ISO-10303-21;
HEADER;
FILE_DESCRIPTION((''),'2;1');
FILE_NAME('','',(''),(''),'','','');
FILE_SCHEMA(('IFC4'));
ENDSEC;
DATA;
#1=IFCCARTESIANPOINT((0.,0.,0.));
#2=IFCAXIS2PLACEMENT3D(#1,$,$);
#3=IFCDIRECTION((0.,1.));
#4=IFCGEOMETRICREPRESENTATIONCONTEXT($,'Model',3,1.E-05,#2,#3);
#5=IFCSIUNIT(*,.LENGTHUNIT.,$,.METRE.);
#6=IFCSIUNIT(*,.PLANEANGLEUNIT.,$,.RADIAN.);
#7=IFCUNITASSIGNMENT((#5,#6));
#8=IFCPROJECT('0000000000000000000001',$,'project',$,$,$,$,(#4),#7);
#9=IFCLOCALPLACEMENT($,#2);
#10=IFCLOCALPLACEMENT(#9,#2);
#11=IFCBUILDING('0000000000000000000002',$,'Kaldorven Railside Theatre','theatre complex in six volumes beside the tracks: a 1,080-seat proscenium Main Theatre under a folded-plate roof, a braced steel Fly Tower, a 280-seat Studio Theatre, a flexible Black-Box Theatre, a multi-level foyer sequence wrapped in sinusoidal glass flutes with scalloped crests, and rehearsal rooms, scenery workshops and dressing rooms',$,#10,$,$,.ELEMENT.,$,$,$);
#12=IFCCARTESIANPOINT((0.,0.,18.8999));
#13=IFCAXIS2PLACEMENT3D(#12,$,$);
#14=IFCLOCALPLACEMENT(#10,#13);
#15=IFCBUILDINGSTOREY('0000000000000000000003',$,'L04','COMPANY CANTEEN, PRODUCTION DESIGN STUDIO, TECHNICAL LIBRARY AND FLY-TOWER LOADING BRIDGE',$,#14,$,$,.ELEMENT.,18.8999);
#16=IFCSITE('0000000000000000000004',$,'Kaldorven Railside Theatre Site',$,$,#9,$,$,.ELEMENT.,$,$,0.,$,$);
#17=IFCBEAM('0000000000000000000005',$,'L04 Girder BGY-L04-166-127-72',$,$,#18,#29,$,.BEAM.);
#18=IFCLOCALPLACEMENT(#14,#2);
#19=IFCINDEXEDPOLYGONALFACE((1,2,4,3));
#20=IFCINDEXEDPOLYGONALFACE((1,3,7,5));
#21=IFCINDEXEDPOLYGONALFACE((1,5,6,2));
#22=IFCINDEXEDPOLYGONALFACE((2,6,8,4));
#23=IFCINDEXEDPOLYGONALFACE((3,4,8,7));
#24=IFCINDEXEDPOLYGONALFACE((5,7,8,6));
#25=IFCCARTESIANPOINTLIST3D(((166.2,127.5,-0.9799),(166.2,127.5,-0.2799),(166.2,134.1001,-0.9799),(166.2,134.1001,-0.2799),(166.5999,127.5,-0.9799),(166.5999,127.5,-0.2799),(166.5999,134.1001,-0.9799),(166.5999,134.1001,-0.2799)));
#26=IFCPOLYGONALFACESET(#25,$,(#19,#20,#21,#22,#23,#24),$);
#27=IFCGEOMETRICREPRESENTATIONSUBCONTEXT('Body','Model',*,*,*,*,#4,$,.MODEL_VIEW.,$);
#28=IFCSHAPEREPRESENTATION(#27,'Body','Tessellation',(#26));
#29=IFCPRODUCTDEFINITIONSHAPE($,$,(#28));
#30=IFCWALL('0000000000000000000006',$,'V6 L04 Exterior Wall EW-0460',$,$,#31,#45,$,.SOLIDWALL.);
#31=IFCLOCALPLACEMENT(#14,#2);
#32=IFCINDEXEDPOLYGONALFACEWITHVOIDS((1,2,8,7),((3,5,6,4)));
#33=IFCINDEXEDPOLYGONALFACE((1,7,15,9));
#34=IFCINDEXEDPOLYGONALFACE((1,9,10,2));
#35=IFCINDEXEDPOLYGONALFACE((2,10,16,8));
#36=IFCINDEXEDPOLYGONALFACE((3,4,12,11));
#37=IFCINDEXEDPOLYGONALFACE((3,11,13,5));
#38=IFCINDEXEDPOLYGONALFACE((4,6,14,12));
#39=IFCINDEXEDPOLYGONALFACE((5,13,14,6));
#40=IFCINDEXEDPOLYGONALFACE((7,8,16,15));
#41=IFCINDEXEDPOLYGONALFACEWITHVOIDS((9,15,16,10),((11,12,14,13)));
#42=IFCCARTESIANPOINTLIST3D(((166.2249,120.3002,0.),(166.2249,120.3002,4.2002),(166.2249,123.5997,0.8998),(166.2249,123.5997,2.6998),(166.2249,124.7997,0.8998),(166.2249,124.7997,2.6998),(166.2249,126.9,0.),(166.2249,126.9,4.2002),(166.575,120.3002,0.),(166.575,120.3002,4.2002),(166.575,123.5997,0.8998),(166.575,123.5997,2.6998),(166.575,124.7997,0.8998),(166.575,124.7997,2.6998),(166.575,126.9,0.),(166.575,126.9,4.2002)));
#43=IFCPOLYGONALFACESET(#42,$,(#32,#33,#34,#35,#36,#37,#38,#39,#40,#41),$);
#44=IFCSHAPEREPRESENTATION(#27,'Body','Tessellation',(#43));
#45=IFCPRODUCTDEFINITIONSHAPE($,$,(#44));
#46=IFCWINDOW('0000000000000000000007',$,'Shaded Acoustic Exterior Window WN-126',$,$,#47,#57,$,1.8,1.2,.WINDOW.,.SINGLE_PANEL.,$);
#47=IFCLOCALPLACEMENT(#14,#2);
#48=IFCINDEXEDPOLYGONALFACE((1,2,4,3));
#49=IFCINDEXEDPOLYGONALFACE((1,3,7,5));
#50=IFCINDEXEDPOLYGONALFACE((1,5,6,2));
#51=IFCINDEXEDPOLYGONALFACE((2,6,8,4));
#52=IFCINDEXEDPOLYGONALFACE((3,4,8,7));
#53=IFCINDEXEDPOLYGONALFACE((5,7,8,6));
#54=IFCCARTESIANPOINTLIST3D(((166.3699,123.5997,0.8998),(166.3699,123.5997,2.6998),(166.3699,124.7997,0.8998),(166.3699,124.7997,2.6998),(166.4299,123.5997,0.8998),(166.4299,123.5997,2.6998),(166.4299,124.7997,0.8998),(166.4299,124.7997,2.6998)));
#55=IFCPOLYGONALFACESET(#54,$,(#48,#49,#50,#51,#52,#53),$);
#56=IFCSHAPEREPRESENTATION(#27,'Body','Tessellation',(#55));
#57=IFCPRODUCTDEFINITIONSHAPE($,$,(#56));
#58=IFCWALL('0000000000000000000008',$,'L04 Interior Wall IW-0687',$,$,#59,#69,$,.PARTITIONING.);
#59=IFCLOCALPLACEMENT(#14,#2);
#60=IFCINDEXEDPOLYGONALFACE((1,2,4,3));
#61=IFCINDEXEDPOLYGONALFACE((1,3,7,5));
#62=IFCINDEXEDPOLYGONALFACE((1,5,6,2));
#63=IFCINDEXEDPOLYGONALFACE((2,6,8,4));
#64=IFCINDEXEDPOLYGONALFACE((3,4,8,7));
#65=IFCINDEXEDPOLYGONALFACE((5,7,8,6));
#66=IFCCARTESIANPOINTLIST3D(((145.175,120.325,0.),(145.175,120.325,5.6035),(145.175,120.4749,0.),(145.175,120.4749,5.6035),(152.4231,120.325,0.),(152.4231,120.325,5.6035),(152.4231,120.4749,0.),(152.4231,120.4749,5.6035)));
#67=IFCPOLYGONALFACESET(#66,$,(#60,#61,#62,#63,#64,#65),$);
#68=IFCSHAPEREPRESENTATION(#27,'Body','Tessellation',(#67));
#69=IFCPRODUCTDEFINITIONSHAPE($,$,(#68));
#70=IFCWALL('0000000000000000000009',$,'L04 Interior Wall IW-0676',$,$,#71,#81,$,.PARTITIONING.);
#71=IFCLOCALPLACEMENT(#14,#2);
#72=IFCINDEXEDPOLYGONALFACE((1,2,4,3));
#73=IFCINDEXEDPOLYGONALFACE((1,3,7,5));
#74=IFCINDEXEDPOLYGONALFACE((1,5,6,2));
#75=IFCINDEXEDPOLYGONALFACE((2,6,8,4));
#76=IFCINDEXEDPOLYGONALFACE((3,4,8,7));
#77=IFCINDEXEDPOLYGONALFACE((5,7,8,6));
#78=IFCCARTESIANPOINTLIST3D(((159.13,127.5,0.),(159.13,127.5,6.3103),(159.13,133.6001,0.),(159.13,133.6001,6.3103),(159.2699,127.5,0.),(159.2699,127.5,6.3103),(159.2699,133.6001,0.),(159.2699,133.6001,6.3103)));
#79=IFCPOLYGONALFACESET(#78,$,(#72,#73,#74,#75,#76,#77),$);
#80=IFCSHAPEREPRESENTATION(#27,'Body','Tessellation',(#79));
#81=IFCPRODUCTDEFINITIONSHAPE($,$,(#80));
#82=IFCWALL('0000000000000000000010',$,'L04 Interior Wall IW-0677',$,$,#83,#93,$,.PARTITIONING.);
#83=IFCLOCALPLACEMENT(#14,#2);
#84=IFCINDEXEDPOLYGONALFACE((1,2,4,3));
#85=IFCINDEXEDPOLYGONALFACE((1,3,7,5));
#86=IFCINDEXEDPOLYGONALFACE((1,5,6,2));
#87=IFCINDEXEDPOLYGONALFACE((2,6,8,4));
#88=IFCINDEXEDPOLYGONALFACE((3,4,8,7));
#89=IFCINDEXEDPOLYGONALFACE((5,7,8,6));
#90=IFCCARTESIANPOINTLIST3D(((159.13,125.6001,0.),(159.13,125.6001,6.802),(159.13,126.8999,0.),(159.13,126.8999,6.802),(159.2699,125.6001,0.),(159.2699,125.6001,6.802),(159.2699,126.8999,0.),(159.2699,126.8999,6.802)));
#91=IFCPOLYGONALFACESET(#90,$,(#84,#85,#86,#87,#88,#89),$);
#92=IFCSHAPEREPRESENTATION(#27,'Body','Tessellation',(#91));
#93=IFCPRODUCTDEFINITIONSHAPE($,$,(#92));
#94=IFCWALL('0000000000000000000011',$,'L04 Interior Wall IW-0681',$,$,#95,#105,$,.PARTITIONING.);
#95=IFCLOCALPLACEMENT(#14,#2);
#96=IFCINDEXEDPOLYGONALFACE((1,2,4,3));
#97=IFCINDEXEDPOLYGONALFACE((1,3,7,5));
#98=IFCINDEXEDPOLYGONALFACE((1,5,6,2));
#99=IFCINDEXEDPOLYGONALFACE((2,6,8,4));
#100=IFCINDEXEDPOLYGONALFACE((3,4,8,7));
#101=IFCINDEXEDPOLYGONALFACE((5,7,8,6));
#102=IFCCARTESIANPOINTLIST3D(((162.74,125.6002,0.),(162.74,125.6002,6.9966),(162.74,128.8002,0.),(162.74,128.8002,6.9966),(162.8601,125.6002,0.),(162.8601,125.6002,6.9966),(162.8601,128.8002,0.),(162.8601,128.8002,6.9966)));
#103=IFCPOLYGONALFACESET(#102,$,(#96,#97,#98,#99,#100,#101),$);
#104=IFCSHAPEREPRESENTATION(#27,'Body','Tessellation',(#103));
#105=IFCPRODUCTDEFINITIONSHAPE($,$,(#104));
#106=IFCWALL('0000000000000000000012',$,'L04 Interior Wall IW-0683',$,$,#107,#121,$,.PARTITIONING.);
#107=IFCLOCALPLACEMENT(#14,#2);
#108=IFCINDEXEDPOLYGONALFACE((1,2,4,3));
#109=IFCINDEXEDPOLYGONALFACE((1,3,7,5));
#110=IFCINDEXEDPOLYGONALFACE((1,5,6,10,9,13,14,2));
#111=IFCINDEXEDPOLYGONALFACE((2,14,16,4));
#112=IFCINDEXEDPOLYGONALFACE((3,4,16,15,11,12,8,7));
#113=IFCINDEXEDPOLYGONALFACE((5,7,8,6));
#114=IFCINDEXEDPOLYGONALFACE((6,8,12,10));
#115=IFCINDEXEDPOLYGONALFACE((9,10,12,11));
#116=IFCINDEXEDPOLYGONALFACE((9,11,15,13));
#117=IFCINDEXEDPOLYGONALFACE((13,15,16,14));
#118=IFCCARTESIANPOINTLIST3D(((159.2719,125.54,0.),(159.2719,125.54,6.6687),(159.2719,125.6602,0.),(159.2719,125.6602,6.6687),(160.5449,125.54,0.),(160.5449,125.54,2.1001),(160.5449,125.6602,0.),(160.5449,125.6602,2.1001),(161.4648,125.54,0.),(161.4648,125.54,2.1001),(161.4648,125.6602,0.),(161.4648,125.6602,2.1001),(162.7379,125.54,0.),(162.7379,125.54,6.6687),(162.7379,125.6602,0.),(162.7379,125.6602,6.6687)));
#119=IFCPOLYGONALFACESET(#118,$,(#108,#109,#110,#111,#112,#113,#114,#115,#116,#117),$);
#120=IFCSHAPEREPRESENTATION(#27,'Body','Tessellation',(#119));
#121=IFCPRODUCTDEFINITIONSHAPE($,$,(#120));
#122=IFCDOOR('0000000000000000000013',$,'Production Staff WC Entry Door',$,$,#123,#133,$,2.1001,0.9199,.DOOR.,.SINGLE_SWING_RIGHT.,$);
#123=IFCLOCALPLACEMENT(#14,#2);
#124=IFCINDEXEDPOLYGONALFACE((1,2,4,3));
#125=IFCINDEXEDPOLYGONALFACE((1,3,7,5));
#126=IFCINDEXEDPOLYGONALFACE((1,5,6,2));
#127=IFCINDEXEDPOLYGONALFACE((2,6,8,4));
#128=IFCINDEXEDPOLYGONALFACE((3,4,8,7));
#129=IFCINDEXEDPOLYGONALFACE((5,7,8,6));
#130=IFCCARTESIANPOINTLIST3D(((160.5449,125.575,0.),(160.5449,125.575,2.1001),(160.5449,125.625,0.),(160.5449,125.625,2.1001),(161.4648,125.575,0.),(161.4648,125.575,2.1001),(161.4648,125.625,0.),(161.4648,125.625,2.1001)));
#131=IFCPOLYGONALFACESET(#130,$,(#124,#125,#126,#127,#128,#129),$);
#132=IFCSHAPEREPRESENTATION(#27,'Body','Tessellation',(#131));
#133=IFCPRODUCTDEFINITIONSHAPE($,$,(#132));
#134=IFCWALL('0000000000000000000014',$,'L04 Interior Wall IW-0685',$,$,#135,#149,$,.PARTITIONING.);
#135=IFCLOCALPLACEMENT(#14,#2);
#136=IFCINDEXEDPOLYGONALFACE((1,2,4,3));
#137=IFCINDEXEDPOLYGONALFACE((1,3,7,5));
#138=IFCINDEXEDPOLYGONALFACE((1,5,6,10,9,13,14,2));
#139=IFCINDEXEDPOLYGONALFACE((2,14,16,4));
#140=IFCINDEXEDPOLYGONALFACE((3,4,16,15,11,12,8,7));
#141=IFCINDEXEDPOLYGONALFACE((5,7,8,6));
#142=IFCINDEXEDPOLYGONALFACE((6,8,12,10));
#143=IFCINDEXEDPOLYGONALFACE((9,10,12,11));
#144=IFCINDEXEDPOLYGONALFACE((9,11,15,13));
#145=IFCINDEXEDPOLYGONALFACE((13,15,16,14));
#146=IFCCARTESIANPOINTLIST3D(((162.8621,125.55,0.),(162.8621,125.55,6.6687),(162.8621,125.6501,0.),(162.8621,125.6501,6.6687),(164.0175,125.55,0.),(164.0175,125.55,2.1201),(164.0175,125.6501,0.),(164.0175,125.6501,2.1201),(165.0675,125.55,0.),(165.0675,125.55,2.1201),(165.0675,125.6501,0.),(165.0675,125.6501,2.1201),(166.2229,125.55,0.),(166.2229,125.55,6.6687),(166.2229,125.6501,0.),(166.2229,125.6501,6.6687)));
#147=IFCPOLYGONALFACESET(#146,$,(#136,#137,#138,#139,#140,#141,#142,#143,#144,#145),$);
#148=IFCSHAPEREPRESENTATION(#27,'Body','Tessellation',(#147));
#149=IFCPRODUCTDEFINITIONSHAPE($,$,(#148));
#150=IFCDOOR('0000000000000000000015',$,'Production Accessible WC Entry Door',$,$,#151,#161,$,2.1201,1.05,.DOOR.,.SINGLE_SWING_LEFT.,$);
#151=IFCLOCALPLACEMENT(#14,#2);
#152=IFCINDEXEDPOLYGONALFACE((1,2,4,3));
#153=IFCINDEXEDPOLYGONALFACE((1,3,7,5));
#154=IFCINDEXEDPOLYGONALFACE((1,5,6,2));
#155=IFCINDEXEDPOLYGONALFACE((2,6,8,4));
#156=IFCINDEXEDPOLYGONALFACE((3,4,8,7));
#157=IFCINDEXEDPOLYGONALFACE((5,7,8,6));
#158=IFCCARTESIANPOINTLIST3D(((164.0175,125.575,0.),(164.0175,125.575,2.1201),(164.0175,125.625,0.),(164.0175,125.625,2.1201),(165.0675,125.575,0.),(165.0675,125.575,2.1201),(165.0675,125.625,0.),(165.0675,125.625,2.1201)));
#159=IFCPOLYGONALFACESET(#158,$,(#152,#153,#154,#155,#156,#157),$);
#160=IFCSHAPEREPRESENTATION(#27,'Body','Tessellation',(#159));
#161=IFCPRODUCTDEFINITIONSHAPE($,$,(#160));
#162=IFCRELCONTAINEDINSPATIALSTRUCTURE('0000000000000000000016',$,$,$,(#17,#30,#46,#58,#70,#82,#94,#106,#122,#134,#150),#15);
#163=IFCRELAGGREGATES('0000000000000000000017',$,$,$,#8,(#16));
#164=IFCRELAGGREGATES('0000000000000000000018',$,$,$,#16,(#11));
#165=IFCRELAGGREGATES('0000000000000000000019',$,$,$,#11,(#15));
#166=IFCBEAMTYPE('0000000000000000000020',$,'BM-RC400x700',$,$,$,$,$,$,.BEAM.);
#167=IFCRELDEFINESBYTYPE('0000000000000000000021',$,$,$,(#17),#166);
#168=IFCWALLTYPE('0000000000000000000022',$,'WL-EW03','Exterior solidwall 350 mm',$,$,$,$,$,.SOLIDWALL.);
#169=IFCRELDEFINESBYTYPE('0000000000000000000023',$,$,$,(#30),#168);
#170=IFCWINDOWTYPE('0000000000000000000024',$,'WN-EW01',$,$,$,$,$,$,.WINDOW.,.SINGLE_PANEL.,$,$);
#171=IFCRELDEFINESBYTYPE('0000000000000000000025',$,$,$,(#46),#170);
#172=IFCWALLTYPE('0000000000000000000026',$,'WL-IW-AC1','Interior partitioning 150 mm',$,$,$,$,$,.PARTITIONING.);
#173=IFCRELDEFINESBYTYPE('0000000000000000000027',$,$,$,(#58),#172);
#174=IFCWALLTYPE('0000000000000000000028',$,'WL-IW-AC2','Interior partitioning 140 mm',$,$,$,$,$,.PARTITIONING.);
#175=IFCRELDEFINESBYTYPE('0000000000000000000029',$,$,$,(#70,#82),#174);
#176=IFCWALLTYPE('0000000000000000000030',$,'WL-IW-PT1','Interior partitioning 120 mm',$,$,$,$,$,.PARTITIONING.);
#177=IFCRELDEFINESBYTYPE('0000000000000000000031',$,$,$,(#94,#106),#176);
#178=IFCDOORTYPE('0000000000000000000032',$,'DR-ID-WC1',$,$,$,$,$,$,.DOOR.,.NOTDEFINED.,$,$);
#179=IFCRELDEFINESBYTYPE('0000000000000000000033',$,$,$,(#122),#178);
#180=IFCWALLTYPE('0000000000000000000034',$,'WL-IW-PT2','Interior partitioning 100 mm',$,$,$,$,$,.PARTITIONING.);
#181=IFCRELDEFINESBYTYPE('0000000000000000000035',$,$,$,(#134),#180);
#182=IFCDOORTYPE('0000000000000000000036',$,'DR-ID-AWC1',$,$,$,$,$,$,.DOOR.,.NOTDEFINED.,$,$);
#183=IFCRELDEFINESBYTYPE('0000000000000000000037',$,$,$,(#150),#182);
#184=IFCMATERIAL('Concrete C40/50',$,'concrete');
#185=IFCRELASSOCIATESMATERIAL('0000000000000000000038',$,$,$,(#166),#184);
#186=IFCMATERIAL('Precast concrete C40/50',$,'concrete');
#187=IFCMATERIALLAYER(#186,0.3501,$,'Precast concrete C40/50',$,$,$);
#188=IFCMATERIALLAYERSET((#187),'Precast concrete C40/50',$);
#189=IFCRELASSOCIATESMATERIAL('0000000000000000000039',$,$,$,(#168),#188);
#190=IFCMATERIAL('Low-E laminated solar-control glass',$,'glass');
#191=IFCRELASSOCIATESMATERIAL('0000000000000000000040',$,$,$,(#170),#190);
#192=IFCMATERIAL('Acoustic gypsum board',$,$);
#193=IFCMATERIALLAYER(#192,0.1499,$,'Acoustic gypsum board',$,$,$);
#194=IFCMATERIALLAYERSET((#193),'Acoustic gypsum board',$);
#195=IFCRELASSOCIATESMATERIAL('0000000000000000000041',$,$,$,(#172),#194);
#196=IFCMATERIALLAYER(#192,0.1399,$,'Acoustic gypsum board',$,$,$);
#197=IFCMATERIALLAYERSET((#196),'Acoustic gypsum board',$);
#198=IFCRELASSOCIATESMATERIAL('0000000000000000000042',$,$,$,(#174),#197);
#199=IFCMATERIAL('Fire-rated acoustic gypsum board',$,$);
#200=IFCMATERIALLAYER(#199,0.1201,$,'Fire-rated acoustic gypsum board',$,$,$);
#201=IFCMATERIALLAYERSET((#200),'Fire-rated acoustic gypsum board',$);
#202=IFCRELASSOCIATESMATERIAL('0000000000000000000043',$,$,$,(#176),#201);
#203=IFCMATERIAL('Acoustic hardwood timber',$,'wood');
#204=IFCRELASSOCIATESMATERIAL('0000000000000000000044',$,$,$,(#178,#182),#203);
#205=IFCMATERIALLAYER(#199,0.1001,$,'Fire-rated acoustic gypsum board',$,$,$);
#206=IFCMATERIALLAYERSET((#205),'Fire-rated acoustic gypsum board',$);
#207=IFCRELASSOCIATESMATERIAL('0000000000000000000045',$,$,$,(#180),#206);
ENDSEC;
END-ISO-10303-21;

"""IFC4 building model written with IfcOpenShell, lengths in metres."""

from ifc_helpers import new_model, si_unit, direction, frame, frame_2d, origin, origin_2d, place, context, subcontext, project, spatial, rectangle, extrude, material, layer, layer_set, material_profile, profile_set, type_object, element, fill, save


model = new_model("IFC4")

# Units and contexts
model_context = context("Model", 3, precision=1e-05, world=origin(), true_north=direction((0.0, 1.0)))
body_context = subcontext(model_context, "Body", "Model", "MODEL_VIEW")
ifc_project = project(units=[si_unit("LENGTHUNIT", "METRE"), si_unit("PLANEANGLEUNIT", "RADIAN")], contexts=[model_context])

# Site, building, storey
site_placement = place(None, origin())
site = spatial("IfcSite", under=ifc_project, at=site_placement, Name="Kaldorven Railside Theatre Site", CompositionType="ELEMENT", RefElevation=0.0)
building_placement = place(site_placement, origin())
building = spatial("IfcBuilding", under=site, at=building_placement, Name="Kaldorven Railside Theatre", Description="theatre complex in six volumes beside the tracks: a 1,080-seat proscenium Main Theatre under a folded-plate roof, a braced steel Fly Tower, a 280-seat Studio Theatre, a flexible Black-Box Theatre, a multi-level foyer sequence wrapped in sinusoidal glass flutes with scalloped crests, and rehearsal rooms, scenery workshops and dressing rooms", CompositionType="ELEMENT")
storey_placement = place(building_placement, frame((0.0, 0.0, 18.8999)))
storey = spatial("IfcBuildingStorey", under=building, at=storey_placement, Name="L04", Description="COMPANY CANTEEN, PRODUCTION DESIGN STUDIO, TECHNICAL LIBRARY AND FLY-TOWER LOADING BRIDGE", CompositionType="ELEMENT", Elevation=18.8999)

# Shared definitions
ifc_material_1 = material(Name="Concrete C40/50", Category="concrete")

# Beam
ifc_material_profile_1 = material_profile(ifc_material_1, rectangle(XDim=0.3999, YDim=0.7, at=origin_2d()), Name="RC 400x700")
ifc_profile_set_1 = profile_set([ifc_material_profile_1], Name="Concrete C40/50")
beam_type_1 = type_object("IfcBeamType", Name="BM-RC400x700", PredefinedType="BEAM", material=ifc_profile_set_1)
for number, where, z_axis, x_axis, name in (
    (1, (166.3999, 127.5, -0.6299), (0.0, 1.0, 0.0), (-1.0, 0.0, 0.0), "L04 Girder BGY-L04-166-127-72"),
):
    element("IfcBeam", number, at=place(storey_placement, frame(where, z_axis=z_axis, x_axis=x_axis)), inside=storey, type_object=beam_type_1, Name=name, PredefinedType="BEAM", context=body_context, shape_type="SweptSolid", body=[
        extrude(rectangle(XDim=0.3999, YDim=0.7, at=origin_2d()), origin(), (0.0, 0.0, 1.0), 6.6001),
    ])

# Wall, opening, window
ifc_material_2 = material(Name="Precast concrete C40/50", Category="concrete")
ifc_layer_1 = layer(ifc_material_2, 0.3501, Name="Precast concrete C40/50")
ifc_layer_set_1 = layer_set([ifc_layer_1], Name="Precast concrete C40/50")
wall_type_1 = type_object("IfcWallType", Name="WL-EW03", Description="Exterior solidwall 350 mm", PredefinedType="SOLIDWALL", material=ifc_layer_set_1)
wall_1_placement = place(storey_placement, frame((166.3999, 126.8999, 0.0), z_axis=(0.0, 0.0, 1.0), x_axis=(0.0, -1.0, 0.0)))
wall_1 = element("IfcWall", 2, at=wall_1_placement, inside=storey, type_object=wall_type_1, Name="V6 L04 Exterior Wall EW-0460", PredefinedType="SOLIDWALL", context=body_context, shape_type="SweptSolid", body=[
    extrude(rectangle(XDim=6.5999, YDim=0.3501, at=frame_2d((3.2998, 0.0))), origin(), (0.0, 0.0, 1.0), 4.2002),
])
opening_1_placement = place(wall_1_placement, frame((2.1001, 0.0, 0.8999)))
opening_1 = element("IfcOpeningElement", 3, at=opening_1_placement, cuts=wall_1, PredefinedType="OPENING", context=body_context, shape_type="SweptSolid", body=[
    extrude(rectangle(XDim=1.2, YDim=1.8, at=frame_2d((0.6001, 0.8999))), frame((0.0, 0.1851, 0.0), z_axis=(0.0, -1.0, 0.0), x_axis=(1.0, 0.0, 0.0)), (0.0, 0.0, 1.0), 0.3701),
])
ifc_material_3 = material(Name="Low-E laminated solar-control glass", Category="glass")
window_type = type_object("IfcWindowType", Name="WN-EW01", PartitioningType="SINGLE_PANEL", PredefinedType="WINDOW", material=ifc_material_3)
window_placement = place(opening_1_placement, origin())
window = element("IfcWindow", 4, at=window_placement, inside=storey, type_object=window_type, Name="Shaded Acoustic Exterior Window WN-126", OverallHeight=1.8, OverallWidth=1.2, PartitioningType="SINGLE_PANEL", PredefinedType="WINDOW", context=body_context, shape_type="SweptSolid", body=[
    extrude(rectangle(XDim=1.2, YDim=1.8, at=frame_2d((0.6001, 0.8999))), frame((0.0, 0.03, 0.0), z_axis=(0.0, -1.0, 0.0), x_axis=(1.0, 0.0, 0.0)), (0.0, 0.0, 1.0), 0.0601),
])
fill(opening_1, window)

# Walls
ifc_material_4 = material(Name="Acoustic gypsum board")
ifc_layer_2 = layer(ifc_material_4, 0.1499, Name="Acoustic gypsum board")
ifc_layer_set_2 = layer_set([ifc_layer_2], Name="Acoustic gypsum board")
wall_type_2 = type_object("IfcWallType", Name="WL-IW-AC1", Description="Interior partitioning 150 mm", PredefinedType="PARTITIONING", material=ifc_layer_set_2)
wall_2_placement = place(storey_placement, frame((152.4231, 120.3999, 0.0), z_axis=(0.0, 0.0, 1.0), x_axis=(-1.0, 0.0, 0.0)))
element("IfcWall", 5, at=wall_2_placement, inside=storey, type_object=wall_type_2, Name="L04 Interior Wall IW-0687", PredefinedType="PARTITIONING", context=body_context, shape_type="SweptSolid", body=[
    extrude(rectangle(XDim=7.248, YDim=0.1499, at=frame_2d((3.624, 0.0))), origin(), (0.0, 0.0, 1.0), 5.6035),
])
ifc_layer_3 = layer(ifc_material_4, 0.1399, Name="Acoustic gypsum board")
ifc_layer_set_3 = layer_set([ifc_layer_3], Name="Acoustic gypsum board")
wall_type_3 = type_object("IfcWallType", Name="WL-IW-AC2", Description="Interior partitioning 140 mm", PredefinedType="PARTITIONING", material=ifc_layer_set_3)
wall_3_placement = place(storey_placement, frame((159.2, 127.5, 0.0), z_axis=(0.0, 0.0, 1.0), x_axis=(0.0, 1.0, 0.0)))
element("IfcWall", 6, at=wall_3_placement, inside=storey, type_object=wall_type_3, Name="L04 Interior Wall IW-0676", PredefinedType="PARTITIONING", context=body_context, shape_type="SweptSolid", body=[
    extrude(rectangle(XDim=6.1001, YDim=0.1399, at=frame_2d((3.05, 0.0))), origin(), (0.0, 0.0, 1.0), 6.3103),
])
wall_4_placement = place(storey_placement, frame((159.2, 125.6001, 0.0), z_axis=(0.0, 0.0, 1.0), x_axis=(0.0, 1.0, 0.0)))
element("IfcWall", 7, at=wall_4_placement, inside=storey, type_object=wall_type_3, Name="L04 Interior Wall IW-0677", PredefinedType="PARTITIONING", context=body_context, shape_type="SweptSolid", body=[
    extrude(rectangle(XDim=1.2998, YDim=0.1399, at=frame_2d((0.6499, 0.0))), origin(), (0.0, 0.0, 1.0), 6.802),
])
ifc_material_5 = material(Name="Fire-rated acoustic gypsum board")
ifc_layer_4 = layer(ifc_material_5, 0.1201, Name="Fire-rated acoustic gypsum board")
ifc_layer_set_4 = layer_set([ifc_layer_4], Name="Fire-rated acoustic gypsum board")
wall_type_4 = type_object("IfcWallType", Name="WL-IW-PT1", Description="Interior partitioning 120 mm", PredefinedType="PARTITIONING", material=ifc_layer_set_4)
wall_5_placement = place(storey_placement, frame((162.8, 125.6001, 0.0), z_axis=(0.0, 0.0, 1.0), x_axis=(0.0, 1.0, 0.0)))
element("IfcWall", 8, at=wall_5_placement, inside=storey, type_object=wall_type_4, Name="L04 Interior Wall IW-0681", PredefinedType="PARTITIONING", context=body_context, shape_type="SweptSolid", body=[
    extrude(rectangle(XDim=3.2, YDim=0.1201, at=frame_2d((1.6001, 0.0))), origin(), (0.0, 0.0, 1.0), 6.9966),
])

# Walls, openings, doors
wall_6_placement = place(storey_placement, frame((159.272, 125.6001, 0.0), z_axis=(0.0, 0.0, 1.0), x_axis=(1.0, 0.0, 0.0)))
wall_6 = element("IfcWall", 9, at=wall_6_placement, inside=storey, type_object=wall_type_4, Name="L04 Interior Wall IW-0683", PredefinedType="PARTITIONING", context=body_context, shape_type="SweptSolid", body=[
    extrude(rectangle(XDim=3.4661, YDim=0.1201, at=frame_2d((1.7329, 0.0))), origin(), (0.0, 0.0, 1.0), 6.6687),
])
opening_2_placement = place(wall_6_placement, frame((1.2729, 0.0, 0.0)))
opening_2 = element("IfcOpeningElement", 10, at=opening_2_placement, cuts=wall_6, PredefinedType="OPENING", context=body_context, shape_type="SweptSolid", body=[
    extrude(rectangle(XDim=0.9199, YDim=2.1001, at=frame_2d((0.46, 1.05))), frame((0.0, 0.0701, 0.0), z_axis=(0.0, -1.0, 0.0), x_axis=(1.0, 0.0, 0.0)), (0.0, 0.0, 1.0), 0.1401),
])
ifc_material_6 = material(Name="Acoustic hardwood timber", Category="wood")
door_type_1 = type_object("IfcDoorType", Name="DR-ID-WC1", OperationType="NOTDEFINED", PredefinedType="DOOR", material=ifc_material_6)
door_1_placement = place(opening_2_placement, origin())
door_1 = element("IfcDoor", 11, at=door_1_placement, inside=storey, type_object=door_type_1, Name="Production Staff WC Entry Door", OperationType="SINGLE_SWING_RIGHT", OverallHeight=2.1001, OverallWidth=0.9199, PredefinedType="DOOR", context=body_context, shape_type="SweptSolid", body=[
    extrude(rectangle(XDim=0.9199, YDim=2.1001, at=frame_2d((0.46, 1.05))), frame((0.0, 0.0249, 0.0), z_axis=(0.0, -1.0, 0.0), x_axis=(1.0, 0.0, 0.0)), (0.0, 0.0, 1.0), 0.05),
])
fill(opening_2, door_1)
ifc_layer_5 = layer(ifc_material_5, 0.1001, Name="Fire-rated acoustic gypsum board")
ifc_layer_set_5 = layer_set([ifc_layer_5], Name="Fire-rated acoustic gypsum board")
wall_type_5 = type_object("IfcWallType", Name="WL-IW-PT2", Description="Interior partitioning 100 mm", PredefinedType="PARTITIONING", material=ifc_layer_set_5)
wall_7_placement = place(storey_placement, frame((162.8621, 125.6001, 0.0), z_axis=(0.0, 0.0, 1.0), x_axis=(1.0, 0.0, 0.0)))
wall_7 = element("IfcWall", 12, at=wall_7_placement, inside=storey, type_object=wall_type_5, Name="L04 Interior Wall IW-0685", PredefinedType="PARTITIONING", context=body_context, shape_type="SweptSolid", body=[
    extrude(rectangle(XDim=3.3608, YDim=0.1001, at=frame_2d((1.6804, 0.0))), origin(), (0.0, 0.0, 1.0), 6.6687),
])
opening_3_placement = place(wall_7_placement, frame((1.1555, 0.0, 0.0)))
opening_3 = element("IfcOpeningElement", 13, at=opening_3_placement, cuts=wall_7, PredefinedType="OPENING", context=body_context, shape_type="SweptSolid", body=[
    extrude(rectangle(XDim=1.05, YDim=2.1201, at=frame_2d((0.5249, 1.0601))), frame((0.0, 0.0601, 0.0), z_axis=(0.0, -1.0, 0.0), x_axis=(1.0, 0.0, 0.0)), (0.0, 0.0, 1.0), 0.1201),
])
door_type_2 = type_object("IfcDoorType", Name="DR-ID-AWC1", OperationType="NOTDEFINED", PredefinedType="DOOR", material=ifc_material_6)
door_2_placement = place(opening_3_placement, origin())
door_2 = element("IfcDoor", 14, at=door_2_placement, inside=storey, type_object=door_type_2, Name="Production Accessible WC Entry Door", OperationType="SINGLE_SWING_LEFT", OverallHeight=2.1201, OverallWidth=1.05, PredefinedType="DOOR", context=body_context, shape_type="SweptSolid", body=[
    extrude(rectangle(XDim=1.05, YDim=2.1201, at=frame_2d((0.5249, 1.0601))), frame((0.0, 0.0249, 0.0), z_axis=(0.0, -1.0, 0.0), x_axis=(1.0, 0.0, 0.0)), (0.0, 0.0, 1.0), 0.05),
])
fill(opening_3, door_2)

save(model, "model.ifc")
